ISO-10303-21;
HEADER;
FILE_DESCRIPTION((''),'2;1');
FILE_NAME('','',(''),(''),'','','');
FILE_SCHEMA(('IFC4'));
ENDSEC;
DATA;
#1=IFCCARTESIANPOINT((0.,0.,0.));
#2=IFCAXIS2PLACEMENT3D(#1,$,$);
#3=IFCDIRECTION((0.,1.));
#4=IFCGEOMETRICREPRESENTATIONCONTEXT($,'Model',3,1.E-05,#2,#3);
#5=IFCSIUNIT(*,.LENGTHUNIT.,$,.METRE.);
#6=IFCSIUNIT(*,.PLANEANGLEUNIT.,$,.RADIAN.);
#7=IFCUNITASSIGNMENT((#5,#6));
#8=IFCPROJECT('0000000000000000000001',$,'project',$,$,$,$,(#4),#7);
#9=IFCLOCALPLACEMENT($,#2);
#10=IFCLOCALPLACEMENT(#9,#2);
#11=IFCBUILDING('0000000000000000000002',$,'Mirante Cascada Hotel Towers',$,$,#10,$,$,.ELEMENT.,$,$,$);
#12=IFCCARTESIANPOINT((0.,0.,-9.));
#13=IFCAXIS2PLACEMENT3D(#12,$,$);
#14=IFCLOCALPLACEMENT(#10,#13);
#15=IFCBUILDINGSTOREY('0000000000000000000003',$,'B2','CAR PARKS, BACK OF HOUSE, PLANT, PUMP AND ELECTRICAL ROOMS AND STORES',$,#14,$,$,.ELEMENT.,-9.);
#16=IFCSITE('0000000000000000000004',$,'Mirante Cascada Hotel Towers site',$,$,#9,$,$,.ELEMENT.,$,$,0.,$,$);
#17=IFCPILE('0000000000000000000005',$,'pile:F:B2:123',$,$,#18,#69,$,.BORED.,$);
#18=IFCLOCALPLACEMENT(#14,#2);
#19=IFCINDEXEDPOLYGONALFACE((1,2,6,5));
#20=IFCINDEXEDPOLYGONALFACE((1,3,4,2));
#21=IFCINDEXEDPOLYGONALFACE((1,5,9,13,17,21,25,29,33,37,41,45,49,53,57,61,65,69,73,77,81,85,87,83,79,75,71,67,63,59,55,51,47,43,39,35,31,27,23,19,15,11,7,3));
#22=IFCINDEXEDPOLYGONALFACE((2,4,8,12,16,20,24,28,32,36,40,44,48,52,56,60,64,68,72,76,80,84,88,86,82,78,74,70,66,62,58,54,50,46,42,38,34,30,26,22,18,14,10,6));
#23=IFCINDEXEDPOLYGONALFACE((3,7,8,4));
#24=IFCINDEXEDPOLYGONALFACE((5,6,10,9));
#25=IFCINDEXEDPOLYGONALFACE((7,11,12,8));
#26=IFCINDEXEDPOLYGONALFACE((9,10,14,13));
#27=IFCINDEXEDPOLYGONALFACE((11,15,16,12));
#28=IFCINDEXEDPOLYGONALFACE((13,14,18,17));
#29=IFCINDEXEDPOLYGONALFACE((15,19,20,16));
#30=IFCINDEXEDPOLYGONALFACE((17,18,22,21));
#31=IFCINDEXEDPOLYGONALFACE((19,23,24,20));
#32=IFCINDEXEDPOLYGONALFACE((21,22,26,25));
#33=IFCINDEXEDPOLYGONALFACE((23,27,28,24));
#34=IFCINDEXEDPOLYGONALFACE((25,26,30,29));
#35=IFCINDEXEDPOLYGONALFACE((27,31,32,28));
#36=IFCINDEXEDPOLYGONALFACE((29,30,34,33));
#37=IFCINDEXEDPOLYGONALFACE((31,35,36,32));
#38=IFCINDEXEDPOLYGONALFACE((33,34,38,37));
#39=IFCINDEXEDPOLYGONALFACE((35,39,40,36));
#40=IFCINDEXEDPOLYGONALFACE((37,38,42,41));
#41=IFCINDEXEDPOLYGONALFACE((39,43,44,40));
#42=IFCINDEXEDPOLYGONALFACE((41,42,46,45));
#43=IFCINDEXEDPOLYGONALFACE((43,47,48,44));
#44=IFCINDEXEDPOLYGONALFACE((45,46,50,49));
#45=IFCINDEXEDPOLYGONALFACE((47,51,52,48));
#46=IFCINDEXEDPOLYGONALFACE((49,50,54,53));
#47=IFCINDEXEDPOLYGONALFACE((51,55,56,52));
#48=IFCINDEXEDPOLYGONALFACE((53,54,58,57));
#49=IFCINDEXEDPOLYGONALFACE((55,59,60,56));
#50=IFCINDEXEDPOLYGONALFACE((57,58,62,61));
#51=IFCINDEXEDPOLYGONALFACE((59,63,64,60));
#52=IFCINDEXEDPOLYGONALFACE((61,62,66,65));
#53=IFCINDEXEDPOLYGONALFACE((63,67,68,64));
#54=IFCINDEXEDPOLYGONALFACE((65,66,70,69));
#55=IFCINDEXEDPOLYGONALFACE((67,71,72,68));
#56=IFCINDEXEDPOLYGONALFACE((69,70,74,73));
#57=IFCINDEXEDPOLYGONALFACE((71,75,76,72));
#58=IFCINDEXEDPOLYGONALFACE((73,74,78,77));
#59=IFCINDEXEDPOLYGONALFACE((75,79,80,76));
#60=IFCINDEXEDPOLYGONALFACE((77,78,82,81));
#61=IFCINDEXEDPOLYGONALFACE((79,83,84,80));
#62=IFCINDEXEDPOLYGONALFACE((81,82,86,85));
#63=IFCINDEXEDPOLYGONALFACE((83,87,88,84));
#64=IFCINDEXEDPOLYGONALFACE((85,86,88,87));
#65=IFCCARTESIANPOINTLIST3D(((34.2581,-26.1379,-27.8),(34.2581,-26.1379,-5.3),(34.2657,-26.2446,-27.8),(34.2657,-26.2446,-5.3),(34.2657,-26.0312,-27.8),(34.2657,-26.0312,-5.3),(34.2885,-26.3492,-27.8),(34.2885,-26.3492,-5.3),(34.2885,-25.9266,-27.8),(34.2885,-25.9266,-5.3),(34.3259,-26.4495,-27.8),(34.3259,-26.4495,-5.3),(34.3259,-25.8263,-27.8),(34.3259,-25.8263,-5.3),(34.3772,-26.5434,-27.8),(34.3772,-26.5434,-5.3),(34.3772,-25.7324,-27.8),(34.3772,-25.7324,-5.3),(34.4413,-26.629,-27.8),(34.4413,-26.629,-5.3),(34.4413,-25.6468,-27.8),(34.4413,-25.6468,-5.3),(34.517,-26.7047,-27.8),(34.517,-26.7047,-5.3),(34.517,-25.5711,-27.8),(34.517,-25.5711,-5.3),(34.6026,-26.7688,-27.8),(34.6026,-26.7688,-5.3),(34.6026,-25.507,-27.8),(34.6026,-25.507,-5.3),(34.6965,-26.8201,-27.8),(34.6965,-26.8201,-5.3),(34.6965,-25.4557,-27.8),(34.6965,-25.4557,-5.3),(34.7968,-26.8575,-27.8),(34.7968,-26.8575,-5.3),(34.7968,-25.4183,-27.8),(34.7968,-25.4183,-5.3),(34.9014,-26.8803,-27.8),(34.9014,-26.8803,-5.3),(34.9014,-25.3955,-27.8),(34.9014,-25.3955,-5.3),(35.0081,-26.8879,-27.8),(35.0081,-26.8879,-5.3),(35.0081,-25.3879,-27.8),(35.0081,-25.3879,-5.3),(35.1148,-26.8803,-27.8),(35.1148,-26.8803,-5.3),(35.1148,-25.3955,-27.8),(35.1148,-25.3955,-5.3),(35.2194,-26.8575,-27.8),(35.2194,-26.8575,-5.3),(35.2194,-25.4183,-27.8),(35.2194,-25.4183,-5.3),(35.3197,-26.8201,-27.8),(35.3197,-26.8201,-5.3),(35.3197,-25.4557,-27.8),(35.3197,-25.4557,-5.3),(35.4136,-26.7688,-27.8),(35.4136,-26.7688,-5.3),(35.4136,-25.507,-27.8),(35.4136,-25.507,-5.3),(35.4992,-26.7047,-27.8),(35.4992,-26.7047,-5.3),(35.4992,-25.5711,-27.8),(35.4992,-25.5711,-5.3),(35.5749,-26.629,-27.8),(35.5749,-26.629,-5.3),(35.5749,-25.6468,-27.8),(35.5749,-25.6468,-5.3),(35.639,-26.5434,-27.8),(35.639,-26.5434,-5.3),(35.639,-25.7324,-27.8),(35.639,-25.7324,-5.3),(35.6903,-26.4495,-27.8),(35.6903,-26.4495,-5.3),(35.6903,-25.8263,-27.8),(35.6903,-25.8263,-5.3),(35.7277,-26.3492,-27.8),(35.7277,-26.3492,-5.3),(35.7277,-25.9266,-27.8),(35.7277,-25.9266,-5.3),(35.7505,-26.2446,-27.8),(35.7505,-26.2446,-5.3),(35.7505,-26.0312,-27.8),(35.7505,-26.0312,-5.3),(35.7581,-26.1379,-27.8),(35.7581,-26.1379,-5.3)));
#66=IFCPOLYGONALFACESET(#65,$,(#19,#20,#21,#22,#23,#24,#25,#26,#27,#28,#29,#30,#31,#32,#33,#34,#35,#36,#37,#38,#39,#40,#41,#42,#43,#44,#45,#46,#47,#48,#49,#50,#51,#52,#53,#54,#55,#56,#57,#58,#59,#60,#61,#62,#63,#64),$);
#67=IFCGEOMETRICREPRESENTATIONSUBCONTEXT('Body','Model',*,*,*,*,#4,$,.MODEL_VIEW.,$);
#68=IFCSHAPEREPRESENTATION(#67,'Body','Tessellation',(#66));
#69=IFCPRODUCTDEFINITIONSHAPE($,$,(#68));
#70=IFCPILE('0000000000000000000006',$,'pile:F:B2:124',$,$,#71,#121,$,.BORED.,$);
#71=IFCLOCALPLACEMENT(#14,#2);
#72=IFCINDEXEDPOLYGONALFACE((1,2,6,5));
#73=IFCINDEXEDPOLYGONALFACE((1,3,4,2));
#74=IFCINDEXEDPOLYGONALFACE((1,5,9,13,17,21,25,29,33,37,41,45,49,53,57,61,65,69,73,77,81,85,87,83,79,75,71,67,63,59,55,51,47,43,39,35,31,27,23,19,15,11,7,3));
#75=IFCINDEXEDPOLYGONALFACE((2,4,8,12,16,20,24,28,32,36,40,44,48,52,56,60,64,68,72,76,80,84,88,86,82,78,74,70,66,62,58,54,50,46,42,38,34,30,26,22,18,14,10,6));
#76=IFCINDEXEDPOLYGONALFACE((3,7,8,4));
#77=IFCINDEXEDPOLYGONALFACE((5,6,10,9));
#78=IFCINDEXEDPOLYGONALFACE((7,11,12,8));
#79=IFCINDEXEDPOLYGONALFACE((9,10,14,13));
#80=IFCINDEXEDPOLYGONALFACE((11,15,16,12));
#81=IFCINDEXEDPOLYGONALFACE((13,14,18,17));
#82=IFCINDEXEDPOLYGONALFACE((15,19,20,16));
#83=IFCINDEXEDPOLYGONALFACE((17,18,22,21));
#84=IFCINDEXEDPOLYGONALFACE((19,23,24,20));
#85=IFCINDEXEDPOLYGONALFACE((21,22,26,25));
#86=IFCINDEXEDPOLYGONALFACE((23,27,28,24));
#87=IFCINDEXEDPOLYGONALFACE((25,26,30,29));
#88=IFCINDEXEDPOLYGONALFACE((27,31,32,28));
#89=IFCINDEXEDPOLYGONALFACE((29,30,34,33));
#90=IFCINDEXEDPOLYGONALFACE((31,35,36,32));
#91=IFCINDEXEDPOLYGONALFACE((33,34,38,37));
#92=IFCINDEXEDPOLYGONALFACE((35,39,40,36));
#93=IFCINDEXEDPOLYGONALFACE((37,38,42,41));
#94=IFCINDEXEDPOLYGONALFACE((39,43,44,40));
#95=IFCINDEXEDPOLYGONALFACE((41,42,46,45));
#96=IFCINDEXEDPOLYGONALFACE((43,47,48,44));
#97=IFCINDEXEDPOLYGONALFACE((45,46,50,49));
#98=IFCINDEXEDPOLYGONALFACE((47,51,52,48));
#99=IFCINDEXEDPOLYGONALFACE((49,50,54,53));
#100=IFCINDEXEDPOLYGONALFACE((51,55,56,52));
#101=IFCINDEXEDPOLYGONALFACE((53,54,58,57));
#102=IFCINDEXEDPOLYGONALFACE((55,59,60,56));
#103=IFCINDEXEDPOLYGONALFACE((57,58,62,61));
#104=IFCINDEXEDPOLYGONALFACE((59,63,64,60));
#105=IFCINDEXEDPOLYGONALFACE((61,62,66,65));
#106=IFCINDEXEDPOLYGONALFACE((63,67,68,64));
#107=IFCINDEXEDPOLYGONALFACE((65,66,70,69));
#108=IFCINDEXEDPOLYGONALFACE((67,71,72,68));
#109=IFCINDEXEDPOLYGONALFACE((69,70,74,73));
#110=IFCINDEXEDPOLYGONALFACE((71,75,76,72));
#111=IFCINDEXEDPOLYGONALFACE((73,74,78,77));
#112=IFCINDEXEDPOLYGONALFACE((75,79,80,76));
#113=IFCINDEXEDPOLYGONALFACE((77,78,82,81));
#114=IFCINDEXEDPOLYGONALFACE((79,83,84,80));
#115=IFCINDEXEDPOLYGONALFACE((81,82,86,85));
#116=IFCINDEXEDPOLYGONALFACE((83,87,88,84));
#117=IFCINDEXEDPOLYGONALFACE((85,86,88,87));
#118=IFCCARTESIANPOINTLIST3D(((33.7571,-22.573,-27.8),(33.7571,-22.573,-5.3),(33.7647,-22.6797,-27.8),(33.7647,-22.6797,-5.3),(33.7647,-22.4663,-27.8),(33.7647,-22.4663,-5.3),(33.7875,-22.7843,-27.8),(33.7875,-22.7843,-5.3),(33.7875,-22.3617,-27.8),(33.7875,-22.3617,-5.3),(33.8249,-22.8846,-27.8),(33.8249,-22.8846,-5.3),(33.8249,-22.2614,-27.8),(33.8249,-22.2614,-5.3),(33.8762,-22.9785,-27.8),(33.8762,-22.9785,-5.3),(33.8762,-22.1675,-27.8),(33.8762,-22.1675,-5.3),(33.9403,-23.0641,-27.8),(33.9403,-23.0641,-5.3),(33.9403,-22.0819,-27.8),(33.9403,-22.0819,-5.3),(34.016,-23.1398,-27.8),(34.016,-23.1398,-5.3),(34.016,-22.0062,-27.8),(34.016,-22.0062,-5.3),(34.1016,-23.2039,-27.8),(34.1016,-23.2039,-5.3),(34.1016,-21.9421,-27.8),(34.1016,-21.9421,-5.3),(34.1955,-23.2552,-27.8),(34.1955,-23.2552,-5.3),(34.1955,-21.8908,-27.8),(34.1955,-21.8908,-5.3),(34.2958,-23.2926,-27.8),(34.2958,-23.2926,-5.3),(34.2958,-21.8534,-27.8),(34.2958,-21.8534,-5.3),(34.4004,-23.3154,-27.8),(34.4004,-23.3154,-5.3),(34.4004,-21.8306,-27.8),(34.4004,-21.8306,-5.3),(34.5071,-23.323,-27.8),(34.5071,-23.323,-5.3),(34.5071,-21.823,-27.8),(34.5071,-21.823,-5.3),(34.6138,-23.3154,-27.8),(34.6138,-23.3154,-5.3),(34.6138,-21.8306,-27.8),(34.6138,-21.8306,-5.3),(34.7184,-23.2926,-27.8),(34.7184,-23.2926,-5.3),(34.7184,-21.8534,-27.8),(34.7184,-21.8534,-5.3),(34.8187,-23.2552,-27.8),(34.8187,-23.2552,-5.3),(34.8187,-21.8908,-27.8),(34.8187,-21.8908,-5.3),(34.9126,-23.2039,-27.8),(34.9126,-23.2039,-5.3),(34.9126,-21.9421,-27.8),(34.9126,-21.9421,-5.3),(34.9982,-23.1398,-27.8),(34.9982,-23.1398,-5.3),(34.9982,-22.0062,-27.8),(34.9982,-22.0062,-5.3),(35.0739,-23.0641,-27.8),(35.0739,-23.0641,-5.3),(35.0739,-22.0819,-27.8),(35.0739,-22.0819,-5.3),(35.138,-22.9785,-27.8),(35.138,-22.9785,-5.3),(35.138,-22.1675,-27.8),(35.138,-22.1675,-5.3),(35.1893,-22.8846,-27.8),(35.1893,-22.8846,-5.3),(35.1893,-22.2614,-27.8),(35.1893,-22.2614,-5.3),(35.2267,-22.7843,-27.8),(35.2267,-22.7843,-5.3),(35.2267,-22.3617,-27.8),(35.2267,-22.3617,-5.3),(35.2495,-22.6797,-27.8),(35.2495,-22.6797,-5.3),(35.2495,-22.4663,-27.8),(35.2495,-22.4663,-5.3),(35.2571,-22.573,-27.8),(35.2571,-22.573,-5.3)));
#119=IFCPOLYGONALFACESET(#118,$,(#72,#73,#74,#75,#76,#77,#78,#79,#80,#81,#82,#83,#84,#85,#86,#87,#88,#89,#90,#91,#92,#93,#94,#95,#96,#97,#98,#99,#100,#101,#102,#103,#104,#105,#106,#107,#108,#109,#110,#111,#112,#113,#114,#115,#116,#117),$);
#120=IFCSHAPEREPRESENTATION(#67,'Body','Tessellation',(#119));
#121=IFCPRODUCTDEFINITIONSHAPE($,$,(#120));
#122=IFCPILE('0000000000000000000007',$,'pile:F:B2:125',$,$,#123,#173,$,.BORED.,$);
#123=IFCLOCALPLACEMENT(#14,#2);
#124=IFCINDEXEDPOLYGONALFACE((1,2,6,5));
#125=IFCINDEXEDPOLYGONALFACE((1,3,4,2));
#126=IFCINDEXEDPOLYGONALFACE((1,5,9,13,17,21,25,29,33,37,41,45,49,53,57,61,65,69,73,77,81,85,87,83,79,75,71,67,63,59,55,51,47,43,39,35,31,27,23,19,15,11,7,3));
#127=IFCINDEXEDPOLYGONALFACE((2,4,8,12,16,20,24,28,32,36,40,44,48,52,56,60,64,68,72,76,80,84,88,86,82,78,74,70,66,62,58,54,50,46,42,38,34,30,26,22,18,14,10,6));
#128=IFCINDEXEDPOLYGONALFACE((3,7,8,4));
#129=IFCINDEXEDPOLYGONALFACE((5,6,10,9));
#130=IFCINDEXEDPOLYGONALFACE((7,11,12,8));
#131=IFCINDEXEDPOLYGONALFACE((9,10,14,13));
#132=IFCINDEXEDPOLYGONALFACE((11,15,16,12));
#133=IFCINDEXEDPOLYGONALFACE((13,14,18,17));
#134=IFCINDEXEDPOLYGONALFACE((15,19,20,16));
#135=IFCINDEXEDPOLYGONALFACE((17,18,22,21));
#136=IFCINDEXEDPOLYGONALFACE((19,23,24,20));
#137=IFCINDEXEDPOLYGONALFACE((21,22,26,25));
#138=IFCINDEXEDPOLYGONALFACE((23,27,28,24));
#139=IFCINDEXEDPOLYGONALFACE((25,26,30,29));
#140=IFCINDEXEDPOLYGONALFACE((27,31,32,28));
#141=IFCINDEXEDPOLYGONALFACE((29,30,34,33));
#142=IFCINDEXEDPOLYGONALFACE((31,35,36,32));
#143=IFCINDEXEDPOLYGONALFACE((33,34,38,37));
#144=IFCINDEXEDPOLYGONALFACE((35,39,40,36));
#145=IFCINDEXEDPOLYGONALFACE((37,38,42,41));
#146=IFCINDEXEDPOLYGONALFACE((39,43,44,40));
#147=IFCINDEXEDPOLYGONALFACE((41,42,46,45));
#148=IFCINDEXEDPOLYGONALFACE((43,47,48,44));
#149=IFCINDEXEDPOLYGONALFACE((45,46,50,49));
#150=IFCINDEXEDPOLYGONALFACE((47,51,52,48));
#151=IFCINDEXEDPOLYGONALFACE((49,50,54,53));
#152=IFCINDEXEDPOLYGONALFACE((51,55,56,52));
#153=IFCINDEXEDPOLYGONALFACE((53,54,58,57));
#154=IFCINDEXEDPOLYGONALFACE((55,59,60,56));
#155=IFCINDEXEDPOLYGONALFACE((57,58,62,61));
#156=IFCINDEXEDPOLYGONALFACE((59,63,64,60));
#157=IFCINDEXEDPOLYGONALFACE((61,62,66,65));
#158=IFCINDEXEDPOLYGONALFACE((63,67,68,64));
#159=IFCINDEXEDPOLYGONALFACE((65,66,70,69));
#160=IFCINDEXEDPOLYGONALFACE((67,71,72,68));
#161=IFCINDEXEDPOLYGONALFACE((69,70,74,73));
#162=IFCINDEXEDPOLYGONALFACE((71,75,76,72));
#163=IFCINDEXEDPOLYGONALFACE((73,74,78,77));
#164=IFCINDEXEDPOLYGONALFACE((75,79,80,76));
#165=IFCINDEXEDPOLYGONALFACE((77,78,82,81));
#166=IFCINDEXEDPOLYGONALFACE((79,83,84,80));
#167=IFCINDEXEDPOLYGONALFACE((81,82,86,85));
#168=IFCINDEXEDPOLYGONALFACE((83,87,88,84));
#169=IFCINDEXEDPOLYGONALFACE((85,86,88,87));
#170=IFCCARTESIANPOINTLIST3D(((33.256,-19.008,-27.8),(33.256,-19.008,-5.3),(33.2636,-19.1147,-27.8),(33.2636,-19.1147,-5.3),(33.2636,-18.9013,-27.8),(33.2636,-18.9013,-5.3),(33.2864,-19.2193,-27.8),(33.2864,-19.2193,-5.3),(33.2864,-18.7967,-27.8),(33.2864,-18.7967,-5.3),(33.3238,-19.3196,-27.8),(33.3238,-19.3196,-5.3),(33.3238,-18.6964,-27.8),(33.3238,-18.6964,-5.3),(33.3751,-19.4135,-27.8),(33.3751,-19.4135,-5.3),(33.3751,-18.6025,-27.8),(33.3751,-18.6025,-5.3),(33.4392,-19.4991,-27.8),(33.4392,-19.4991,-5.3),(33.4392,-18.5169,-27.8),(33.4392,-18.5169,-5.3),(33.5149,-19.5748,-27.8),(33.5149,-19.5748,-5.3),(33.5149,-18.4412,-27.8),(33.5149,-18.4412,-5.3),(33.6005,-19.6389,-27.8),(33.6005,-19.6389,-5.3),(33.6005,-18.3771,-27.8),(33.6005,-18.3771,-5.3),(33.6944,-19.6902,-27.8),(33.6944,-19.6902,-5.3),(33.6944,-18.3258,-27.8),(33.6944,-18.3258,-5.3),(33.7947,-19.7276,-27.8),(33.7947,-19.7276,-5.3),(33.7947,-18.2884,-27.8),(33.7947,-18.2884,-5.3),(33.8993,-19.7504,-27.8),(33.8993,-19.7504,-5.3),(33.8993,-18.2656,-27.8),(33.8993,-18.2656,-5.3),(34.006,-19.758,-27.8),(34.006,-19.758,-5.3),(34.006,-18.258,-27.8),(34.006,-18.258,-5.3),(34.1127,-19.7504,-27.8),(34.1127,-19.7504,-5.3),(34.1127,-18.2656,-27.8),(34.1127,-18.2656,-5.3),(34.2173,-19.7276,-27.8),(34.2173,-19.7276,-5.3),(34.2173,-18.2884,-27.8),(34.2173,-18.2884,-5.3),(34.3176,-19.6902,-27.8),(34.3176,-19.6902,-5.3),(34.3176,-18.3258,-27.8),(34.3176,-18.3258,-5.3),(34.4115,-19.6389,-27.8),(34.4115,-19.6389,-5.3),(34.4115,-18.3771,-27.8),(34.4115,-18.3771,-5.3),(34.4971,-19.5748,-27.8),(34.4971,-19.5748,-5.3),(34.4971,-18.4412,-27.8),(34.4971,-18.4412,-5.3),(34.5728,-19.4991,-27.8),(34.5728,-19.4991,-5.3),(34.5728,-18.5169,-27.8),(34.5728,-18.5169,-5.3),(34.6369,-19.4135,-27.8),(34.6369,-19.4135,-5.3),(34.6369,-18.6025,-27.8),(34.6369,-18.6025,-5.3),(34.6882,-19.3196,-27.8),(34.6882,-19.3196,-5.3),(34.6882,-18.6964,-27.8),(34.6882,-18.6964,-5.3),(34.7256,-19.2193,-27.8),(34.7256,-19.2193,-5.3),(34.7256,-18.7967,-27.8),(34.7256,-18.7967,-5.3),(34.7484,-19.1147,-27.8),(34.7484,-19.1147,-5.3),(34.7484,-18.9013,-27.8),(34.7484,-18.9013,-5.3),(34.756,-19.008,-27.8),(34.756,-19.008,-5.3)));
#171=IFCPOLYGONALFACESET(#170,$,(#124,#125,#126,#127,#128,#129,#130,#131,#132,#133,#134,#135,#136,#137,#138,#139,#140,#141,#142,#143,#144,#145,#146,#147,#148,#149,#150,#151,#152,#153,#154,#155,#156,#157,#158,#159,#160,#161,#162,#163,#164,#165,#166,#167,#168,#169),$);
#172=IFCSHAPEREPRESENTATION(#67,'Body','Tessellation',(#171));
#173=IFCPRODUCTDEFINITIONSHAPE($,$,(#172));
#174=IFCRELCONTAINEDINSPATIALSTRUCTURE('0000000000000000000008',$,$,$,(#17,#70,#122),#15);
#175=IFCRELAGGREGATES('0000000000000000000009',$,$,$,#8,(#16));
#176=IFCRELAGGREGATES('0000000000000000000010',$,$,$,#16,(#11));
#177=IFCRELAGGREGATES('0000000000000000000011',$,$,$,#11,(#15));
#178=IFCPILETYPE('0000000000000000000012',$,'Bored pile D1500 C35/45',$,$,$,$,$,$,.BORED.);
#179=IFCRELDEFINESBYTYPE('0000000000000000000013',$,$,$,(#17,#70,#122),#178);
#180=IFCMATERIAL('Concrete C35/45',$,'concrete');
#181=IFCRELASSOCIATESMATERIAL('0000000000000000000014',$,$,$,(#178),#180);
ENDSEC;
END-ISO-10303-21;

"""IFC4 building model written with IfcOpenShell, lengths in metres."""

from ifc_helpers import new_model, si_unit, direction, frame, origin, origin_2d, place, context, subcontext, project, spatial, circle, extrude, material, material_profile, profile_set, type_object, element, save


model = new_model("IFC4")

# Units and contexts
model_context = context("Model", 3, precision=1e-05, world=origin(), true_north=direction((0.0, 1.0)))
body_context = subcontext(model_context, "Body", "Model", "MODEL_VIEW")
ifc_project = project(units=[si_unit("LENGTHUNIT", "METRE"), si_unit("PLANEANGLEUNIT", "RADIAN")], contexts=[model_context])

# Site, building, storey
site_placement = place(None, origin())
site = spatial("IfcSite", under=ifc_project, at=site_placement, Name="Mirante Cascada Hotel Towers site", CompositionType="ELEMENT", RefElevation=0.0)
building_placement = place(site_placement, origin())
building = spatial("IfcBuilding", under=site, at=building_placement, Name="Mirante Cascada Hotel Towers", CompositionType="ELEMENT")
storey_placement = place(building_placement, frame((0.0, 0.0, -9.0)))
storey = spatial("IfcBuildingStorey", under=building, at=storey_placement, Name="B2", Description="CAR PARKS, BACK OF HOUSE, PLANT, PUMP AND ELECTRICAL ROOMS AND STORES", CompositionType="ELEMENT", Elevation=-9.0)

# Piles
ifc_material_1 = material(Name="Concrete C35/45", Category="concrete")
ifc_material_profile_1 = material_profile(ifc_material_1, circle(Radius=0.75, at=origin_2d()), Name="RC D1500")
ifc_profile_set_1 = profile_set([ifc_material_profile_1], Name="Concrete C35/45")
pile_type = type_object("IfcPileType", Name="Bored pile D1500 C35/45", PredefinedType="BORED", material=ifc_profile_set_1)
for number, where, z_axis, x_axis, name in (
    (1, (35.0081, -26.1379, -5.3), (0.0, 0.0, -1.0), (1.0, 0.0, 0.0), "pile:F:B2:123"),
    (2, (34.5071, -22.573, -5.3), (0.0, 0.0, -1.0), (1.0, 0.0, 0.0), "pile:F:B2:124"),
    (3, (34.006, -19.008, -5.3), (0.0, 0.0, -1.0), (1.0, 0.0, 0.0), "pile:F:B2:125"),
):
    element("IfcPile", number, at=place(storey_placement, frame(where, z_axis=z_axis, x_axis=x_axis)), inside=storey, type_object=pile_type, Name=name, PredefinedType="BORED", context=body_context, shape_type="SweptSolid", body=[
        extrude(circle(Radius=0.75, at=origin_2d()), origin(), (0.0, 0.0, 1.0), 22.5),
    ])

save(model, "model.ifc")
